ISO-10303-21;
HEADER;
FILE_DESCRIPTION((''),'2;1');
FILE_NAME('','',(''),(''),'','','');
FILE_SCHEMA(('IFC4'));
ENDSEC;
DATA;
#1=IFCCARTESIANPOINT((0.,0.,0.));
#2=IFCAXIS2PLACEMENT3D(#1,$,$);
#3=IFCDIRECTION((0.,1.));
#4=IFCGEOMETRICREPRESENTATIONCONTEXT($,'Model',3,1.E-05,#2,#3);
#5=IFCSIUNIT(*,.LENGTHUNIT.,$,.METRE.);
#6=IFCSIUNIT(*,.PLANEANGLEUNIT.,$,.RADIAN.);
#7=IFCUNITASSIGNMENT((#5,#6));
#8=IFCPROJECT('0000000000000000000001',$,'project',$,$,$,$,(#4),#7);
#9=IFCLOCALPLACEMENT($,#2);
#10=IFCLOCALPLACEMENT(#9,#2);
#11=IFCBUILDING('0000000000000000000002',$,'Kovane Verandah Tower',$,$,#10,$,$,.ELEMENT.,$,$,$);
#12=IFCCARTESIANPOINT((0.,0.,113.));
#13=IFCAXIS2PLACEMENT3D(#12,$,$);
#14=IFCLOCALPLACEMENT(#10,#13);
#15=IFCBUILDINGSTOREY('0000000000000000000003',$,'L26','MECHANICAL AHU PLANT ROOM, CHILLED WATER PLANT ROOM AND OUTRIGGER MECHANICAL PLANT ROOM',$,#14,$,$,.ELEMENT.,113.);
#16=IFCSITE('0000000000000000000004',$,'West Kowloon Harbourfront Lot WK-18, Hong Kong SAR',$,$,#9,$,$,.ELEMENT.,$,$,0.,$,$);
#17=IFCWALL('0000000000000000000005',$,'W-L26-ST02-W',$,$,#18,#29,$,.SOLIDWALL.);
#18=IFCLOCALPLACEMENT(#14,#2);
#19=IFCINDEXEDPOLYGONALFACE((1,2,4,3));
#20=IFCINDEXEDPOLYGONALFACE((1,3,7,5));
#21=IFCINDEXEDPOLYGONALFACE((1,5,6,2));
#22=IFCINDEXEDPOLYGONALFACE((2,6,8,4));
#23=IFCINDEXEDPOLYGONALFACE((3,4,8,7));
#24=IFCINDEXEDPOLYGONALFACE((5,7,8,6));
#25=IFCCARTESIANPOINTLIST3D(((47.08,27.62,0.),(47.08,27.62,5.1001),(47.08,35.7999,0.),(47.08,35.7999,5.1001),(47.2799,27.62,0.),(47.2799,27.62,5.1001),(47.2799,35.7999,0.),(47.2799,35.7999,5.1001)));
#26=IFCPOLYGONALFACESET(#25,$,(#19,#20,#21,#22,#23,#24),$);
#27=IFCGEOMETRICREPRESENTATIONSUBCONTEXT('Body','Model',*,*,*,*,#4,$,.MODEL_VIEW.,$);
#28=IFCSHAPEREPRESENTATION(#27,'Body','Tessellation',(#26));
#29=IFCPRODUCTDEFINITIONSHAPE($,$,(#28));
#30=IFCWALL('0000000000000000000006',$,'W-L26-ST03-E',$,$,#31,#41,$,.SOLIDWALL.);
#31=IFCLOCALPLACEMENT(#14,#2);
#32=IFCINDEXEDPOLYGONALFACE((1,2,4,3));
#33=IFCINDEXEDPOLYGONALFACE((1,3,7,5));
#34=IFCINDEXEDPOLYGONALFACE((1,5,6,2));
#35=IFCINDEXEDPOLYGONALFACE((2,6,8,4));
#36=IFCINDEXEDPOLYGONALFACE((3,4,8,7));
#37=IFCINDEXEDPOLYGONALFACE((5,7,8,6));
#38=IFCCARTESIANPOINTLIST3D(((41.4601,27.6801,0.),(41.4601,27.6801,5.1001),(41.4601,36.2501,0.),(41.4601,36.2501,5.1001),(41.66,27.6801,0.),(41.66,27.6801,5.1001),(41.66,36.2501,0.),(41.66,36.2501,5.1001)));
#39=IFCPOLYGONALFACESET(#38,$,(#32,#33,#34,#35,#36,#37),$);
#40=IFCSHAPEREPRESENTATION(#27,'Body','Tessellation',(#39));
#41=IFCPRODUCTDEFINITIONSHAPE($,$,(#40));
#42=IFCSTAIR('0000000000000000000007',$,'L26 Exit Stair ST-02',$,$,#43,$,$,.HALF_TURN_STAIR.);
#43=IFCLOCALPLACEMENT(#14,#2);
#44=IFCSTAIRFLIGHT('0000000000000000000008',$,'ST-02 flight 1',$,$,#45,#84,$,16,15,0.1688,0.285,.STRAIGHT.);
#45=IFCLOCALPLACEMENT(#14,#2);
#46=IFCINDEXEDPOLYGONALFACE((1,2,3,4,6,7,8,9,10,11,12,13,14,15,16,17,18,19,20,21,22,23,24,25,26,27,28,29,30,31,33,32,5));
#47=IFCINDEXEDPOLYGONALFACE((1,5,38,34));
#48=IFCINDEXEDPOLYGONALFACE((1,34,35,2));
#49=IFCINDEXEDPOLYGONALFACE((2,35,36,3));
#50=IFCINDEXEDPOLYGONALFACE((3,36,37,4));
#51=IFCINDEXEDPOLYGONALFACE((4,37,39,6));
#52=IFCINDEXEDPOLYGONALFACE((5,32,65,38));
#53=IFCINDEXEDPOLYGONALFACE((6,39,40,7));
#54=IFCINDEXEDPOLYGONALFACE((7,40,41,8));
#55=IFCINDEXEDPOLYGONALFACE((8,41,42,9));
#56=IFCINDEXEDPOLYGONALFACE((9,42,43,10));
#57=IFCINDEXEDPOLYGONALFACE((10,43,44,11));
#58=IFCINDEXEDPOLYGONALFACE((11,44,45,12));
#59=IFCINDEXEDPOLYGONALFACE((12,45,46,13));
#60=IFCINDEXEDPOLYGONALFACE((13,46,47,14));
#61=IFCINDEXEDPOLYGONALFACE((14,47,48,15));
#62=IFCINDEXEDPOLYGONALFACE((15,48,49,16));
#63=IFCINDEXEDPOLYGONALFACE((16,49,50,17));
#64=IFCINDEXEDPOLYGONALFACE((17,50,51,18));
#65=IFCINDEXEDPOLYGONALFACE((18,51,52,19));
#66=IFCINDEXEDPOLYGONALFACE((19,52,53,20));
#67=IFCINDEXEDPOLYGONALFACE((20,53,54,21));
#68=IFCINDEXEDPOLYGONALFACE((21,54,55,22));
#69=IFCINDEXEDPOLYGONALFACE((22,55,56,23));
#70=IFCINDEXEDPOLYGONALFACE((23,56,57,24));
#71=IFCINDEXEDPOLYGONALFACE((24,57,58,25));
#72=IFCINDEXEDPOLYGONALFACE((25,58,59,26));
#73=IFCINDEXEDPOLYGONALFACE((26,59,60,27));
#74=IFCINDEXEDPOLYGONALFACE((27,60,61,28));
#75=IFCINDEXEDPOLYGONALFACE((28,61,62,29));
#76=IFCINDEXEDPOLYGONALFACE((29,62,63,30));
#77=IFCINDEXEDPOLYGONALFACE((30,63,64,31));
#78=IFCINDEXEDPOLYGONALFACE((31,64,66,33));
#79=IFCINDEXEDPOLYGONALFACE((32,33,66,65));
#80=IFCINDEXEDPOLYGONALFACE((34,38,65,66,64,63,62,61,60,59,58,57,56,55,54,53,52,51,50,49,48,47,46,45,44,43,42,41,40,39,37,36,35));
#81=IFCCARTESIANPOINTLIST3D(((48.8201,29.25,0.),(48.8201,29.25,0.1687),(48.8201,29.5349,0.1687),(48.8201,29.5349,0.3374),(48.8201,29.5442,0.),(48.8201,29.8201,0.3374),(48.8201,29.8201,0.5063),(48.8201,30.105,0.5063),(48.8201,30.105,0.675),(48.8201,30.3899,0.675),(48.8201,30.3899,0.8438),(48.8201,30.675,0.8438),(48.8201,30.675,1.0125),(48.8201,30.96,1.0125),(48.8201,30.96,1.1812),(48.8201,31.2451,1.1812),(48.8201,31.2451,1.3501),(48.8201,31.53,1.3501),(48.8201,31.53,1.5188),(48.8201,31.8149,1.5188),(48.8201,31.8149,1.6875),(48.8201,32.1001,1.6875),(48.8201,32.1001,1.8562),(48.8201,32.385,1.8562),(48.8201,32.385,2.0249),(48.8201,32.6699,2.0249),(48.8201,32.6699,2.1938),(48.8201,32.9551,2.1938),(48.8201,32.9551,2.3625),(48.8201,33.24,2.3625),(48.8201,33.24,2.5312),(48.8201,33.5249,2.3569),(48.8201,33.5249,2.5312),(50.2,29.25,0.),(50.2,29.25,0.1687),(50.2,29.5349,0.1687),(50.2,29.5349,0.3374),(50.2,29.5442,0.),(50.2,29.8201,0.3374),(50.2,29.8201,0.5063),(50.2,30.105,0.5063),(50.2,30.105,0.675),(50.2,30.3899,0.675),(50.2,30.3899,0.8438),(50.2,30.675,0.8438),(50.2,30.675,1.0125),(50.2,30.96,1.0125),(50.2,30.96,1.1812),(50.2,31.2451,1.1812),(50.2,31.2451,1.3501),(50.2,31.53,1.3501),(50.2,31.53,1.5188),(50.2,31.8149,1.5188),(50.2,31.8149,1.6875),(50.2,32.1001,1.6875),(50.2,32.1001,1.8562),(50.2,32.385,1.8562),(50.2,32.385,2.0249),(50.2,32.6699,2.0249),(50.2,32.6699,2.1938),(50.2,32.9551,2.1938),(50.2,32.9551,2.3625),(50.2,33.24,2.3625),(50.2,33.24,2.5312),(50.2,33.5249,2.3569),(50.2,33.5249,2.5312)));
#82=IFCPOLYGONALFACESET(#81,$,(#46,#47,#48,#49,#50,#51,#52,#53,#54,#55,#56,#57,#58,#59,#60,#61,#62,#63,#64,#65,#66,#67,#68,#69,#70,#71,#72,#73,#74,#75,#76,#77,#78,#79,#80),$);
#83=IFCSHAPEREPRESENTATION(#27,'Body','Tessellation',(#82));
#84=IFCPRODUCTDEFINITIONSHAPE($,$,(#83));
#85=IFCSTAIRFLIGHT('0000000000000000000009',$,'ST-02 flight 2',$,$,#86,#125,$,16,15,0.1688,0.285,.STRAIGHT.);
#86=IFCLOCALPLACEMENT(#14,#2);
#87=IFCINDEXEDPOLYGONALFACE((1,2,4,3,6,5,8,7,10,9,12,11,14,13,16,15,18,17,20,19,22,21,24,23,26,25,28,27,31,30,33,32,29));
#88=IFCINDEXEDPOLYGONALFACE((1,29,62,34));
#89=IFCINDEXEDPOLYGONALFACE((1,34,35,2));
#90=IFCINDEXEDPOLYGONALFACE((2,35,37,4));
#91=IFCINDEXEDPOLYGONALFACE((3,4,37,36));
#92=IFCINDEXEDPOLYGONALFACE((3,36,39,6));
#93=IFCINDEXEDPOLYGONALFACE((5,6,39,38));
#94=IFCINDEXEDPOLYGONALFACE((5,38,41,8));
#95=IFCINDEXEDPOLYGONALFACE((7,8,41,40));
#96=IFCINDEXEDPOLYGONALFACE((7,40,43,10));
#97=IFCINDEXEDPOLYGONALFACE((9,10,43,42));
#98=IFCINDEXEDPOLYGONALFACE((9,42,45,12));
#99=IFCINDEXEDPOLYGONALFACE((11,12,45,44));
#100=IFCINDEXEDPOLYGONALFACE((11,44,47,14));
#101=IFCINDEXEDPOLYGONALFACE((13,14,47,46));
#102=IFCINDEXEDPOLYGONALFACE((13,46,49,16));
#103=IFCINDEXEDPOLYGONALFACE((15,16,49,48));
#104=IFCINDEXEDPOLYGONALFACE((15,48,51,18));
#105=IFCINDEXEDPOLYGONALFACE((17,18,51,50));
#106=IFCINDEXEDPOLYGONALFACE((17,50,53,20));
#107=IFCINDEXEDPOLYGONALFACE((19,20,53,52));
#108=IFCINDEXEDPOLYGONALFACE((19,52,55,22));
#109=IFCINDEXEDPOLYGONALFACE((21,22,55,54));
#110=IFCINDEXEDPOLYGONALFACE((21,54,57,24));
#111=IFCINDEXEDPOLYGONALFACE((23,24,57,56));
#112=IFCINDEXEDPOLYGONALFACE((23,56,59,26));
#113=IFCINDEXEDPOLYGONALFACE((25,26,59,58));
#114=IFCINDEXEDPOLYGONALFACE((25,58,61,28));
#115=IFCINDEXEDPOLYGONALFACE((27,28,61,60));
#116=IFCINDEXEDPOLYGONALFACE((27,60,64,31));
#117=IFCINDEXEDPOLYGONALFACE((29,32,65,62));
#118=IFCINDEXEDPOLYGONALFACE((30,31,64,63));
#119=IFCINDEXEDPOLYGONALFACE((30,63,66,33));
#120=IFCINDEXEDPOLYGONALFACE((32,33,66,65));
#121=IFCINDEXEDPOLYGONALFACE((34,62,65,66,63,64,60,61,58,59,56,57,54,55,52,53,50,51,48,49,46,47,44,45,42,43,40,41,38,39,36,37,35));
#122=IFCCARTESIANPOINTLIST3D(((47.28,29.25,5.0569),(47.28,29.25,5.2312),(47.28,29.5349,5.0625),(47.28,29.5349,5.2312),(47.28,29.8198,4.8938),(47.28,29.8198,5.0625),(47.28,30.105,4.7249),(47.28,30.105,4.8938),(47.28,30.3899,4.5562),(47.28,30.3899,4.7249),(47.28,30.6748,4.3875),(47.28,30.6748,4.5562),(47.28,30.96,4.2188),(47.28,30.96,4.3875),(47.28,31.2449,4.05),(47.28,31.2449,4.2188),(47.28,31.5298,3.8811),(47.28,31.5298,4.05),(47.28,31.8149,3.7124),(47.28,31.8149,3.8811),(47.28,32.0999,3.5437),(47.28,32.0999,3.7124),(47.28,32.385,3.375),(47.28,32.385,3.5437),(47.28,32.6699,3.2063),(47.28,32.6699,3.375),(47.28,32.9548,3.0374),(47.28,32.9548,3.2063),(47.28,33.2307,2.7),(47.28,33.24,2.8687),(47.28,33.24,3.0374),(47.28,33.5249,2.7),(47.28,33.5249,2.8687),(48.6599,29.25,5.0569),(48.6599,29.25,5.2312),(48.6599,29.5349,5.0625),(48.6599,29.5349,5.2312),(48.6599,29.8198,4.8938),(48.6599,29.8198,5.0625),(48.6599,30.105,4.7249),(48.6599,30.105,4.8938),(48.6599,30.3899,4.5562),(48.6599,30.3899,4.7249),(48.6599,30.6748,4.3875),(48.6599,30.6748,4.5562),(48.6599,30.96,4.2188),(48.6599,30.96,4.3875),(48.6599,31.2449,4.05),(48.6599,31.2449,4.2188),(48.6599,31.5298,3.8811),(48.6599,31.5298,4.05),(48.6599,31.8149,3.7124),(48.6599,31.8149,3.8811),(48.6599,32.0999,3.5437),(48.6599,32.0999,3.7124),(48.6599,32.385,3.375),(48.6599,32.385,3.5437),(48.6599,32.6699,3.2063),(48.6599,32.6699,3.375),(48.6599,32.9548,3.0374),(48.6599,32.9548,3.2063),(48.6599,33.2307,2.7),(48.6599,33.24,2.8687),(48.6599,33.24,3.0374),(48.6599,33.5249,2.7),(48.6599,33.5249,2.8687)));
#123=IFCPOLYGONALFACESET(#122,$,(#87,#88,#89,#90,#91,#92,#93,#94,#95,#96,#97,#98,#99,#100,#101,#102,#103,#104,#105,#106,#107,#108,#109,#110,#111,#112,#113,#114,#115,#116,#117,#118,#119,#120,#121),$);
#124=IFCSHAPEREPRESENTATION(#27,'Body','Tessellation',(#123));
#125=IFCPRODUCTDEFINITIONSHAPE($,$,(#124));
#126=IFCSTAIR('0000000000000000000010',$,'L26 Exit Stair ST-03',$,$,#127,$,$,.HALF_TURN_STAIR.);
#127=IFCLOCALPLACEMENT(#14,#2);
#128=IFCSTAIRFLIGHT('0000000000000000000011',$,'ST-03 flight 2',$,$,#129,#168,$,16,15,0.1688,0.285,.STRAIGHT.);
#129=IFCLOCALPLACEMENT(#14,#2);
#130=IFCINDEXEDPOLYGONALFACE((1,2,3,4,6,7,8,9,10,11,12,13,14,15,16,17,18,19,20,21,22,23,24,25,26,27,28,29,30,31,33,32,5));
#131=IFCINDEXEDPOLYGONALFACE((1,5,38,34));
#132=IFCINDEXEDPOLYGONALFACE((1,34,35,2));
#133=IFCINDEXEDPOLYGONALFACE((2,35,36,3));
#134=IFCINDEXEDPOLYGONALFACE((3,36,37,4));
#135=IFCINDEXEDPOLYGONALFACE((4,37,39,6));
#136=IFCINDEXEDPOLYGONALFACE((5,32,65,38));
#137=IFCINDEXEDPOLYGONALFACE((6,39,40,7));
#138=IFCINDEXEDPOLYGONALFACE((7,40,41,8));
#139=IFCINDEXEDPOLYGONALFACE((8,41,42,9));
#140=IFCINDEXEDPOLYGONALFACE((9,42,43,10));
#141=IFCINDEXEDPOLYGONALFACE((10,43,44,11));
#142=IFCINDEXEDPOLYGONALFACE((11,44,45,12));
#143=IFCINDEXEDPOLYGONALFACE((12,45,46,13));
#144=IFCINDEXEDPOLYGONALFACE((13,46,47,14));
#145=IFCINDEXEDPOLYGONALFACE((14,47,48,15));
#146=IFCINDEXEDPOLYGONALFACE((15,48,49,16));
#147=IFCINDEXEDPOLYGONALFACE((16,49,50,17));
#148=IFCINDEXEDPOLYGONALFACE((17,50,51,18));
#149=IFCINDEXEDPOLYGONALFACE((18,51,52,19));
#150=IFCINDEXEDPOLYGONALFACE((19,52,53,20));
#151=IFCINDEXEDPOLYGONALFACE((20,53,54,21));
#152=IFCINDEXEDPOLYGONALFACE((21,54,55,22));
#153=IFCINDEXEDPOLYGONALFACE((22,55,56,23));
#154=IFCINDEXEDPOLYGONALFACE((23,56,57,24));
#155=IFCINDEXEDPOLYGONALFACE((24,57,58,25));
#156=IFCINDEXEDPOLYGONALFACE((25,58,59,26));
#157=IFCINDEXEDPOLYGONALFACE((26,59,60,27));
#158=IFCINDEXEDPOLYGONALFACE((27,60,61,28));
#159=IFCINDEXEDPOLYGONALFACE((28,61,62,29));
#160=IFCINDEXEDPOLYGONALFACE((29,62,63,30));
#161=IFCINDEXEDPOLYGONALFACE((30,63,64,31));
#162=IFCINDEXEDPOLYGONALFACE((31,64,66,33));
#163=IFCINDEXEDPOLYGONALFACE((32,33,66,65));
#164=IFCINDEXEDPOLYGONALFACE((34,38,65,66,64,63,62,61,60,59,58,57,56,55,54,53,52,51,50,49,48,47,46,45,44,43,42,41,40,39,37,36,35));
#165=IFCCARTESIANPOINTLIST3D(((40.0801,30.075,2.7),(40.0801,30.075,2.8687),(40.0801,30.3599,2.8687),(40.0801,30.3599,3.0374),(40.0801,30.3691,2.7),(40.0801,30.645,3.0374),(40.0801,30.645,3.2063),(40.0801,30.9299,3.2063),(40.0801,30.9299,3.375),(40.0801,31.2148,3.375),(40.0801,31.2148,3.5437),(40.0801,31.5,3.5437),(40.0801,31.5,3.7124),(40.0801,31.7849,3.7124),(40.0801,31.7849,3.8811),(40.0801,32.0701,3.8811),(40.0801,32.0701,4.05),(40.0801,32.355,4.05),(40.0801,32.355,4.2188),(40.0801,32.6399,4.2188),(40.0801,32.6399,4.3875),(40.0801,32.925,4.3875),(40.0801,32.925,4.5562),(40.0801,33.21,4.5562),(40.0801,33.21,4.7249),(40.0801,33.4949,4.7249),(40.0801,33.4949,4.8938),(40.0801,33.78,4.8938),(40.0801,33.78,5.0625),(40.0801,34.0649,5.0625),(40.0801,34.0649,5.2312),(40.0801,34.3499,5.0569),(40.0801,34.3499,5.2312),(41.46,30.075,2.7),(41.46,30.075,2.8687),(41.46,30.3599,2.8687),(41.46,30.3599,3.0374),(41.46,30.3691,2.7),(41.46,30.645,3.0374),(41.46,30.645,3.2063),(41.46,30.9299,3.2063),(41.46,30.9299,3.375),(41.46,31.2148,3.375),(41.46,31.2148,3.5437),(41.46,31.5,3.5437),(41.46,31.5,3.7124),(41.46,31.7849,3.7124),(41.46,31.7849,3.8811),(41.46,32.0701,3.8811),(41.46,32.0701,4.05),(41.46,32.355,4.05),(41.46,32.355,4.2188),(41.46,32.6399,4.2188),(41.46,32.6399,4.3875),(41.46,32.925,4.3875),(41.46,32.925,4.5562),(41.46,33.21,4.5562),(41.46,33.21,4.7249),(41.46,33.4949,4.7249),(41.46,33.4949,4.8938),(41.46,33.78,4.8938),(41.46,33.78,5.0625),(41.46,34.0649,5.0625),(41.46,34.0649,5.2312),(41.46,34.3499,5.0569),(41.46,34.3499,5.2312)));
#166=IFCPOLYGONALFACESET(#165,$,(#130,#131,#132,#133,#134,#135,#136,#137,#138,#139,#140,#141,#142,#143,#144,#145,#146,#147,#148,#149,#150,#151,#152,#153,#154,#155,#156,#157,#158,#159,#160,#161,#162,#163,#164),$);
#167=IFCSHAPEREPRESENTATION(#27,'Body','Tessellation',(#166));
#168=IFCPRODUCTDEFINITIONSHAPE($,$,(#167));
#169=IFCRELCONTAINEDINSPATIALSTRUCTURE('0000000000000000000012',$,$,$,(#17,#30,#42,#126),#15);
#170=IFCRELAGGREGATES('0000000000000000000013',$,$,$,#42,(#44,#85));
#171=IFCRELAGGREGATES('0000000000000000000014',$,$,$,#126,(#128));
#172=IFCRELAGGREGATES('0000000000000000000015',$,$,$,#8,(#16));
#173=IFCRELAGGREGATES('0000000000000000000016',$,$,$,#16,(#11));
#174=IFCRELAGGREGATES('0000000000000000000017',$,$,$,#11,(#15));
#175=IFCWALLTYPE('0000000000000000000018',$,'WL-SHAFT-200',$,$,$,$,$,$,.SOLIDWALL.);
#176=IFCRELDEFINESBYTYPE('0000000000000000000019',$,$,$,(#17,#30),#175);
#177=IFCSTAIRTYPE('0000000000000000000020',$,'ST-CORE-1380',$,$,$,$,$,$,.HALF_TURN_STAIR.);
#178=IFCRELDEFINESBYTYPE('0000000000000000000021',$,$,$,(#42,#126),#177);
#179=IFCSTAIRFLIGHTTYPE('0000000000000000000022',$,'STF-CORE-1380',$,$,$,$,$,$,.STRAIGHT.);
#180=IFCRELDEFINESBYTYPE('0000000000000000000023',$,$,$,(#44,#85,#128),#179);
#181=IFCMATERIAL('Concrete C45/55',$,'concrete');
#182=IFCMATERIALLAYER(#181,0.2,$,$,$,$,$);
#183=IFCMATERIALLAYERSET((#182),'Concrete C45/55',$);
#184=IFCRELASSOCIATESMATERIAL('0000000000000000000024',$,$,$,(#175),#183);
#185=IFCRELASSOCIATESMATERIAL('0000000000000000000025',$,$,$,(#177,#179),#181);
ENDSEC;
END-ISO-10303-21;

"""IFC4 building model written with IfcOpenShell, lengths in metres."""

from ifc_helpers import new_model, si_unit, direction, frame, frame_2d, origin, place, context, subcontext, project, spatial, polyline, rectangle, outline, extrude, material, layer, layer_set, type_object, element, aggregate, save


model = new_model("IFC4")

# Units and contexts
model_context = context("Model", 3, precision=1e-05, world=origin(), true_north=direction((0.0, 1.0)))
body_context = subcontext(model_context, "Body", "Model", "MODEL_VIEW")
ifc_project = project(units=[si_unit("LENGTHUNIT", "METRE"), si_unit("PLANEANGLEUNIT", "RADIAN")], contexts=[model_context])

# Site, building, storey
site_placement = place(None, origin())
site = spatial("IfcSite", under=ifc_project, at=site_placement, Name="West Kowloon Harbourfront Lot WK-18, Hong Kong SAR", CompositionType="ELEMENT", RefElevation=0.0)
building_placement = place(site_placement, origin())
building = spatial("IfcBuilding", under=site, at=building_placement, Name="Kovane Verandah Tower", CompositionType="ELEMENT")
storey_placement = place(building_placement, frame((0.0, 0.0, 113.0)))
storey = spatial("IfcBuildingStorey", under=building, at=storey_placement, Name="L26", Description="MECHANICAL AHU PLANT ROOM, CHILLED WATER PLANT ROOM AND OUTRIGGER MECHANICAL PLANT ROOM", CompositionType="ELEMENT", Elevation=113.0)

# Wall
ifc_material_1 = material(Name="Concrete C45/55", Category="concrete")
ifc_layer_1 = layer(ifc_material_1, 0.2)
ifc_layer_set_1 = layer_set([ifc_layer_1], Name="Concrete C45/55")
wall_type_1 = type_object("IfcWallType", Name="WL-SHAFT-200", PredefinedType="SOLIDWALL", material=ifc_layer_set_1)
wall_1_placement = place(storey_placement, frame((47.1799, 27.6201, 0.0), z_axis=(0.0, 0.0, 1.0), x_axis=(0.0, 1.0, 0.0)))
element("IfcWall", 1, at=wall_1_placement, inside=storey, type_object=wall_type_1, Name="W-L26-ST02-W", PredefinedType="SOLIDWALL", context=body_context, shape_type="SweptSolid", body=[
    extrude(rectangle(XDim=8.1799, YDim=0.2, at=frame_2d((4.0898, 0.0))), origin(), (0.0, 0.0, 1.0), 5.1001),
])

# Wall
wall_2_placement = place(storey_placement, frame((41.5601, 27.6799, 0.0), z_axis=(0.0, 0.0, 1.0), x_axis=(0.0, 1.0, 0.0)))
element("IfcWall", 2, at=wall_2_placement, inside=storey, type_object=wall_type_1, Name="W-L26-ST03-E", PredefinedType="SOLIDWALL", context=body_context, shape_type="SweptSolid", body=[
    extrude(rectangle(XDim=8.5701, YDim=0.2, at=frame_2d((4.2852, 0.0))), origin(), (0.0, 0.0, 1.0), 5.1001),
])

# Stair, stair flights
stair_type = type_object("IfcStairType", Name="ST-CORE-1380", PredefinedType="HALF_TURN_STAIR", material=ifc_material_1)
stair_1_placement = place(storey_placement, origin())
stair_1 = element("IfcStair", 3, at=stair_1_placement, inside=storey, type_object=stair_type, Name="L26 Exit Stair ST-02", PredefinedType="HALF_TURN_STAIR")
stair_flight_type = type_object("IfcStairFlightType", Name="STF-CORE-1380", PredefinedType="STRAIGHT", material=ifc_material_1)
stair_flight_1_placement = place(storey_placement, frame((49.51, 29.25, 0.0), z_axis=(0.0, 0.0, 1.0), x_axis=(0.0, 1.0, 0.0)))
stair_flight_1 = element("IfcStairFlight", 4, at=stair_flight_1_placement, type_object=stair_flight_type, Name="ST-02 flight 1", NumberOfRisers=16, NumberOfTreads=15, PredefinedType="STRAIGHT", RiserHeight=0.1688, TreadLength=0.285, context=body_context, shape_type="SweptSolid", body=[
    extrude(outline(polyline([(0.0, 0.0), (0.0, 0.1687), (0.2849, 0.1687), (0.2849, 0.3374), (0.5701, 0.3374), (0.5701, 0.5063), (0.855, 0.5063), (0.855, 0.675), (1.1399, 0.675), (1.1399, 0.8438), (1.425, 0.8438), (1.425, 1.0125), (1.71, 1.0125), (1.71, 1.1812), (1.9951, 1.1812), (1.9951, 1.3501), (2.28, 1.3501), (2.28, 1.5188), (2.5649, 1.5188), (2.5649, 1.6875), (2.8501, 1.6875), (2.8501, 1.8562), (3.135, 1.8562), (3.135, 2.0249), (3.4199, 2.0249), (3.4199, 2.1938), (3.7051, 2.1938), (3.7051, 2.3625), (3.99, 2.3625), (3.99, 2.5312), (4.2749, 2.5312), (4.2749, 2.7), (4.2749, 2.3569), (0.2942, 0.0), (0.0, 0.0)])), frame((0.0, 0.6899, 0.0), z_axis=(0.0, -1.0, 0.0), x_axis=(1.0, 0.0, 0.0)), (0.0, 0.0, 1.0), 1.3799),
])
stair_flight_2_placement = place(storey_placement, frame((47.97, 33.5249, 2.7), z_axis=(0.0, 0.0, 1.0), x_axis=(0.0, -1.0, 0.0)))
stair_flight_2 = element("IfcStairFlight", 5, at=stair_flight_2_placement, type_object=stair_flight_type, Name="ST-02 flight 2", NumberOfRisers=16, NumberOfTreads=15, PredefinedType="STRAIGHT", RiserHeight=0.1688, TreadLength=0.285, context=body_context, shape_type="SweptSolid", body=[
    extrude(outline(polyline([(0.0, 0.0), (0.0, 0.1687), (0.2849, 0.1687), (0.2849, 0.3374), (0.5701, 0.3374), (0.5701, 0.5063), (0.855, 0.5063), (0.855, 0.675), (1.1399, 0.675), (1.1399, 0.8438), (1.425, 0.8438), (1.425, 1.0125), (1.71, 1.0125), (1.71, 1.1812), (1.9951, 1.1812), (1.9951, 1.3501), (2.28, 1.3501), (2.28, 1.5188), (2.5649, 1.5188), (2.5649, 1.6875), (2.8501, 1.6875), (2.8501, 1.8562), (3.135, 1.8562), (3.135, 2.0249), (3.4199, 2.0249), (3.4199, 2.1938), (3.7051, 2.1938), (3.7051, 2.3625), (3.99, 2.3625), (3.99, 2.5312), (4.2749, 2.5312), (4.2749, 2.7), (4.2749, 2.3569), (0.2942, 0.0), (0.0, 0.0)])), frame((0.0, 0.6899, 0.0), z_axis=(0.0, -1.0, 0.0), x_axis=(1.0, 0.0, 0.0)), (0.0, 0.0, 1.0), 1.3799),
])
aggregate(stair_1, [stair_flight_1, stair_flight_2])

# Stair, stair flight
stair_2_placement = place(storey_placement, origin())
stair_2 = element("IfcStair", 6, at=stair_2_placement, inside=storey, type_object=stair_type, Name="L26 Exit Stair ST-03", PredefinedType="HALF_TURN_STAIR")
stair_flight_3_placement = place(storey_placement, frame((40.77, 30.075, 2.7), z_axis=(0.0, 0.0, 1.0), x_axis=(0.0, 1.0, 0.0)))
stair_flight_3 = element("IfcStairFlight", 7, at=stair_flight_3_placement, type_object=stair_flight_type, Name="ST-03 flight 2", NumberOfRisers=16, NumberOfTreads=15, PredefinedType="STRAIGHT", RiserHeight=0.1688, TreadLength=0.285, context=body_context, shape_type="SweptSolid", body=[
    extrude(outline(polyline([(0.0, 0.0), (0.0, 0.1687), (0.2849, 0.1687), (0.2849, 0.3374), (0.5701, 0.3374), (0.5701, 0.5063), (0.855, 0.5063), (0.855, 0.675), (1.1399, 0.675), (1.1399, 0.8438), (1.425, 0.8438), (1.425, 1.0125), (1.71, 1.0125), (1.71, 1.1812), (1.9951, 1.1812), (1.9951, 1.3501), (2.28, 1.3501), (2.28, 1.5188), (2.5649, 1.5188), (2.5649, 1.6875), (2.8501, 1.6875), (2.8501, 1.8562), (3.135, 1.8562), (3.135, 2.0249), (3.4199, 2.0249), (3.4199, 2.1938), (3.7051, 2.1938), (3.7051, 2.3625), (3.99, 2.3625), (3.99, 2.5312), (4.2749, 2.5312), (4.2749, 2.7), (4.2749, 2.3569), (0.2942, 0.0), (0.0, 0.0)])), frame((0.0, 0.6899, 0.0), z_axis=(0.0, -1.0, 0.0), x_axis=(1.0, 0.0, 0.0)), (0.0, 0.0, 1.0), 1.3799),
])
aggregate(stair_2, [stair_flight_3])

save(model, "model.ifc")
